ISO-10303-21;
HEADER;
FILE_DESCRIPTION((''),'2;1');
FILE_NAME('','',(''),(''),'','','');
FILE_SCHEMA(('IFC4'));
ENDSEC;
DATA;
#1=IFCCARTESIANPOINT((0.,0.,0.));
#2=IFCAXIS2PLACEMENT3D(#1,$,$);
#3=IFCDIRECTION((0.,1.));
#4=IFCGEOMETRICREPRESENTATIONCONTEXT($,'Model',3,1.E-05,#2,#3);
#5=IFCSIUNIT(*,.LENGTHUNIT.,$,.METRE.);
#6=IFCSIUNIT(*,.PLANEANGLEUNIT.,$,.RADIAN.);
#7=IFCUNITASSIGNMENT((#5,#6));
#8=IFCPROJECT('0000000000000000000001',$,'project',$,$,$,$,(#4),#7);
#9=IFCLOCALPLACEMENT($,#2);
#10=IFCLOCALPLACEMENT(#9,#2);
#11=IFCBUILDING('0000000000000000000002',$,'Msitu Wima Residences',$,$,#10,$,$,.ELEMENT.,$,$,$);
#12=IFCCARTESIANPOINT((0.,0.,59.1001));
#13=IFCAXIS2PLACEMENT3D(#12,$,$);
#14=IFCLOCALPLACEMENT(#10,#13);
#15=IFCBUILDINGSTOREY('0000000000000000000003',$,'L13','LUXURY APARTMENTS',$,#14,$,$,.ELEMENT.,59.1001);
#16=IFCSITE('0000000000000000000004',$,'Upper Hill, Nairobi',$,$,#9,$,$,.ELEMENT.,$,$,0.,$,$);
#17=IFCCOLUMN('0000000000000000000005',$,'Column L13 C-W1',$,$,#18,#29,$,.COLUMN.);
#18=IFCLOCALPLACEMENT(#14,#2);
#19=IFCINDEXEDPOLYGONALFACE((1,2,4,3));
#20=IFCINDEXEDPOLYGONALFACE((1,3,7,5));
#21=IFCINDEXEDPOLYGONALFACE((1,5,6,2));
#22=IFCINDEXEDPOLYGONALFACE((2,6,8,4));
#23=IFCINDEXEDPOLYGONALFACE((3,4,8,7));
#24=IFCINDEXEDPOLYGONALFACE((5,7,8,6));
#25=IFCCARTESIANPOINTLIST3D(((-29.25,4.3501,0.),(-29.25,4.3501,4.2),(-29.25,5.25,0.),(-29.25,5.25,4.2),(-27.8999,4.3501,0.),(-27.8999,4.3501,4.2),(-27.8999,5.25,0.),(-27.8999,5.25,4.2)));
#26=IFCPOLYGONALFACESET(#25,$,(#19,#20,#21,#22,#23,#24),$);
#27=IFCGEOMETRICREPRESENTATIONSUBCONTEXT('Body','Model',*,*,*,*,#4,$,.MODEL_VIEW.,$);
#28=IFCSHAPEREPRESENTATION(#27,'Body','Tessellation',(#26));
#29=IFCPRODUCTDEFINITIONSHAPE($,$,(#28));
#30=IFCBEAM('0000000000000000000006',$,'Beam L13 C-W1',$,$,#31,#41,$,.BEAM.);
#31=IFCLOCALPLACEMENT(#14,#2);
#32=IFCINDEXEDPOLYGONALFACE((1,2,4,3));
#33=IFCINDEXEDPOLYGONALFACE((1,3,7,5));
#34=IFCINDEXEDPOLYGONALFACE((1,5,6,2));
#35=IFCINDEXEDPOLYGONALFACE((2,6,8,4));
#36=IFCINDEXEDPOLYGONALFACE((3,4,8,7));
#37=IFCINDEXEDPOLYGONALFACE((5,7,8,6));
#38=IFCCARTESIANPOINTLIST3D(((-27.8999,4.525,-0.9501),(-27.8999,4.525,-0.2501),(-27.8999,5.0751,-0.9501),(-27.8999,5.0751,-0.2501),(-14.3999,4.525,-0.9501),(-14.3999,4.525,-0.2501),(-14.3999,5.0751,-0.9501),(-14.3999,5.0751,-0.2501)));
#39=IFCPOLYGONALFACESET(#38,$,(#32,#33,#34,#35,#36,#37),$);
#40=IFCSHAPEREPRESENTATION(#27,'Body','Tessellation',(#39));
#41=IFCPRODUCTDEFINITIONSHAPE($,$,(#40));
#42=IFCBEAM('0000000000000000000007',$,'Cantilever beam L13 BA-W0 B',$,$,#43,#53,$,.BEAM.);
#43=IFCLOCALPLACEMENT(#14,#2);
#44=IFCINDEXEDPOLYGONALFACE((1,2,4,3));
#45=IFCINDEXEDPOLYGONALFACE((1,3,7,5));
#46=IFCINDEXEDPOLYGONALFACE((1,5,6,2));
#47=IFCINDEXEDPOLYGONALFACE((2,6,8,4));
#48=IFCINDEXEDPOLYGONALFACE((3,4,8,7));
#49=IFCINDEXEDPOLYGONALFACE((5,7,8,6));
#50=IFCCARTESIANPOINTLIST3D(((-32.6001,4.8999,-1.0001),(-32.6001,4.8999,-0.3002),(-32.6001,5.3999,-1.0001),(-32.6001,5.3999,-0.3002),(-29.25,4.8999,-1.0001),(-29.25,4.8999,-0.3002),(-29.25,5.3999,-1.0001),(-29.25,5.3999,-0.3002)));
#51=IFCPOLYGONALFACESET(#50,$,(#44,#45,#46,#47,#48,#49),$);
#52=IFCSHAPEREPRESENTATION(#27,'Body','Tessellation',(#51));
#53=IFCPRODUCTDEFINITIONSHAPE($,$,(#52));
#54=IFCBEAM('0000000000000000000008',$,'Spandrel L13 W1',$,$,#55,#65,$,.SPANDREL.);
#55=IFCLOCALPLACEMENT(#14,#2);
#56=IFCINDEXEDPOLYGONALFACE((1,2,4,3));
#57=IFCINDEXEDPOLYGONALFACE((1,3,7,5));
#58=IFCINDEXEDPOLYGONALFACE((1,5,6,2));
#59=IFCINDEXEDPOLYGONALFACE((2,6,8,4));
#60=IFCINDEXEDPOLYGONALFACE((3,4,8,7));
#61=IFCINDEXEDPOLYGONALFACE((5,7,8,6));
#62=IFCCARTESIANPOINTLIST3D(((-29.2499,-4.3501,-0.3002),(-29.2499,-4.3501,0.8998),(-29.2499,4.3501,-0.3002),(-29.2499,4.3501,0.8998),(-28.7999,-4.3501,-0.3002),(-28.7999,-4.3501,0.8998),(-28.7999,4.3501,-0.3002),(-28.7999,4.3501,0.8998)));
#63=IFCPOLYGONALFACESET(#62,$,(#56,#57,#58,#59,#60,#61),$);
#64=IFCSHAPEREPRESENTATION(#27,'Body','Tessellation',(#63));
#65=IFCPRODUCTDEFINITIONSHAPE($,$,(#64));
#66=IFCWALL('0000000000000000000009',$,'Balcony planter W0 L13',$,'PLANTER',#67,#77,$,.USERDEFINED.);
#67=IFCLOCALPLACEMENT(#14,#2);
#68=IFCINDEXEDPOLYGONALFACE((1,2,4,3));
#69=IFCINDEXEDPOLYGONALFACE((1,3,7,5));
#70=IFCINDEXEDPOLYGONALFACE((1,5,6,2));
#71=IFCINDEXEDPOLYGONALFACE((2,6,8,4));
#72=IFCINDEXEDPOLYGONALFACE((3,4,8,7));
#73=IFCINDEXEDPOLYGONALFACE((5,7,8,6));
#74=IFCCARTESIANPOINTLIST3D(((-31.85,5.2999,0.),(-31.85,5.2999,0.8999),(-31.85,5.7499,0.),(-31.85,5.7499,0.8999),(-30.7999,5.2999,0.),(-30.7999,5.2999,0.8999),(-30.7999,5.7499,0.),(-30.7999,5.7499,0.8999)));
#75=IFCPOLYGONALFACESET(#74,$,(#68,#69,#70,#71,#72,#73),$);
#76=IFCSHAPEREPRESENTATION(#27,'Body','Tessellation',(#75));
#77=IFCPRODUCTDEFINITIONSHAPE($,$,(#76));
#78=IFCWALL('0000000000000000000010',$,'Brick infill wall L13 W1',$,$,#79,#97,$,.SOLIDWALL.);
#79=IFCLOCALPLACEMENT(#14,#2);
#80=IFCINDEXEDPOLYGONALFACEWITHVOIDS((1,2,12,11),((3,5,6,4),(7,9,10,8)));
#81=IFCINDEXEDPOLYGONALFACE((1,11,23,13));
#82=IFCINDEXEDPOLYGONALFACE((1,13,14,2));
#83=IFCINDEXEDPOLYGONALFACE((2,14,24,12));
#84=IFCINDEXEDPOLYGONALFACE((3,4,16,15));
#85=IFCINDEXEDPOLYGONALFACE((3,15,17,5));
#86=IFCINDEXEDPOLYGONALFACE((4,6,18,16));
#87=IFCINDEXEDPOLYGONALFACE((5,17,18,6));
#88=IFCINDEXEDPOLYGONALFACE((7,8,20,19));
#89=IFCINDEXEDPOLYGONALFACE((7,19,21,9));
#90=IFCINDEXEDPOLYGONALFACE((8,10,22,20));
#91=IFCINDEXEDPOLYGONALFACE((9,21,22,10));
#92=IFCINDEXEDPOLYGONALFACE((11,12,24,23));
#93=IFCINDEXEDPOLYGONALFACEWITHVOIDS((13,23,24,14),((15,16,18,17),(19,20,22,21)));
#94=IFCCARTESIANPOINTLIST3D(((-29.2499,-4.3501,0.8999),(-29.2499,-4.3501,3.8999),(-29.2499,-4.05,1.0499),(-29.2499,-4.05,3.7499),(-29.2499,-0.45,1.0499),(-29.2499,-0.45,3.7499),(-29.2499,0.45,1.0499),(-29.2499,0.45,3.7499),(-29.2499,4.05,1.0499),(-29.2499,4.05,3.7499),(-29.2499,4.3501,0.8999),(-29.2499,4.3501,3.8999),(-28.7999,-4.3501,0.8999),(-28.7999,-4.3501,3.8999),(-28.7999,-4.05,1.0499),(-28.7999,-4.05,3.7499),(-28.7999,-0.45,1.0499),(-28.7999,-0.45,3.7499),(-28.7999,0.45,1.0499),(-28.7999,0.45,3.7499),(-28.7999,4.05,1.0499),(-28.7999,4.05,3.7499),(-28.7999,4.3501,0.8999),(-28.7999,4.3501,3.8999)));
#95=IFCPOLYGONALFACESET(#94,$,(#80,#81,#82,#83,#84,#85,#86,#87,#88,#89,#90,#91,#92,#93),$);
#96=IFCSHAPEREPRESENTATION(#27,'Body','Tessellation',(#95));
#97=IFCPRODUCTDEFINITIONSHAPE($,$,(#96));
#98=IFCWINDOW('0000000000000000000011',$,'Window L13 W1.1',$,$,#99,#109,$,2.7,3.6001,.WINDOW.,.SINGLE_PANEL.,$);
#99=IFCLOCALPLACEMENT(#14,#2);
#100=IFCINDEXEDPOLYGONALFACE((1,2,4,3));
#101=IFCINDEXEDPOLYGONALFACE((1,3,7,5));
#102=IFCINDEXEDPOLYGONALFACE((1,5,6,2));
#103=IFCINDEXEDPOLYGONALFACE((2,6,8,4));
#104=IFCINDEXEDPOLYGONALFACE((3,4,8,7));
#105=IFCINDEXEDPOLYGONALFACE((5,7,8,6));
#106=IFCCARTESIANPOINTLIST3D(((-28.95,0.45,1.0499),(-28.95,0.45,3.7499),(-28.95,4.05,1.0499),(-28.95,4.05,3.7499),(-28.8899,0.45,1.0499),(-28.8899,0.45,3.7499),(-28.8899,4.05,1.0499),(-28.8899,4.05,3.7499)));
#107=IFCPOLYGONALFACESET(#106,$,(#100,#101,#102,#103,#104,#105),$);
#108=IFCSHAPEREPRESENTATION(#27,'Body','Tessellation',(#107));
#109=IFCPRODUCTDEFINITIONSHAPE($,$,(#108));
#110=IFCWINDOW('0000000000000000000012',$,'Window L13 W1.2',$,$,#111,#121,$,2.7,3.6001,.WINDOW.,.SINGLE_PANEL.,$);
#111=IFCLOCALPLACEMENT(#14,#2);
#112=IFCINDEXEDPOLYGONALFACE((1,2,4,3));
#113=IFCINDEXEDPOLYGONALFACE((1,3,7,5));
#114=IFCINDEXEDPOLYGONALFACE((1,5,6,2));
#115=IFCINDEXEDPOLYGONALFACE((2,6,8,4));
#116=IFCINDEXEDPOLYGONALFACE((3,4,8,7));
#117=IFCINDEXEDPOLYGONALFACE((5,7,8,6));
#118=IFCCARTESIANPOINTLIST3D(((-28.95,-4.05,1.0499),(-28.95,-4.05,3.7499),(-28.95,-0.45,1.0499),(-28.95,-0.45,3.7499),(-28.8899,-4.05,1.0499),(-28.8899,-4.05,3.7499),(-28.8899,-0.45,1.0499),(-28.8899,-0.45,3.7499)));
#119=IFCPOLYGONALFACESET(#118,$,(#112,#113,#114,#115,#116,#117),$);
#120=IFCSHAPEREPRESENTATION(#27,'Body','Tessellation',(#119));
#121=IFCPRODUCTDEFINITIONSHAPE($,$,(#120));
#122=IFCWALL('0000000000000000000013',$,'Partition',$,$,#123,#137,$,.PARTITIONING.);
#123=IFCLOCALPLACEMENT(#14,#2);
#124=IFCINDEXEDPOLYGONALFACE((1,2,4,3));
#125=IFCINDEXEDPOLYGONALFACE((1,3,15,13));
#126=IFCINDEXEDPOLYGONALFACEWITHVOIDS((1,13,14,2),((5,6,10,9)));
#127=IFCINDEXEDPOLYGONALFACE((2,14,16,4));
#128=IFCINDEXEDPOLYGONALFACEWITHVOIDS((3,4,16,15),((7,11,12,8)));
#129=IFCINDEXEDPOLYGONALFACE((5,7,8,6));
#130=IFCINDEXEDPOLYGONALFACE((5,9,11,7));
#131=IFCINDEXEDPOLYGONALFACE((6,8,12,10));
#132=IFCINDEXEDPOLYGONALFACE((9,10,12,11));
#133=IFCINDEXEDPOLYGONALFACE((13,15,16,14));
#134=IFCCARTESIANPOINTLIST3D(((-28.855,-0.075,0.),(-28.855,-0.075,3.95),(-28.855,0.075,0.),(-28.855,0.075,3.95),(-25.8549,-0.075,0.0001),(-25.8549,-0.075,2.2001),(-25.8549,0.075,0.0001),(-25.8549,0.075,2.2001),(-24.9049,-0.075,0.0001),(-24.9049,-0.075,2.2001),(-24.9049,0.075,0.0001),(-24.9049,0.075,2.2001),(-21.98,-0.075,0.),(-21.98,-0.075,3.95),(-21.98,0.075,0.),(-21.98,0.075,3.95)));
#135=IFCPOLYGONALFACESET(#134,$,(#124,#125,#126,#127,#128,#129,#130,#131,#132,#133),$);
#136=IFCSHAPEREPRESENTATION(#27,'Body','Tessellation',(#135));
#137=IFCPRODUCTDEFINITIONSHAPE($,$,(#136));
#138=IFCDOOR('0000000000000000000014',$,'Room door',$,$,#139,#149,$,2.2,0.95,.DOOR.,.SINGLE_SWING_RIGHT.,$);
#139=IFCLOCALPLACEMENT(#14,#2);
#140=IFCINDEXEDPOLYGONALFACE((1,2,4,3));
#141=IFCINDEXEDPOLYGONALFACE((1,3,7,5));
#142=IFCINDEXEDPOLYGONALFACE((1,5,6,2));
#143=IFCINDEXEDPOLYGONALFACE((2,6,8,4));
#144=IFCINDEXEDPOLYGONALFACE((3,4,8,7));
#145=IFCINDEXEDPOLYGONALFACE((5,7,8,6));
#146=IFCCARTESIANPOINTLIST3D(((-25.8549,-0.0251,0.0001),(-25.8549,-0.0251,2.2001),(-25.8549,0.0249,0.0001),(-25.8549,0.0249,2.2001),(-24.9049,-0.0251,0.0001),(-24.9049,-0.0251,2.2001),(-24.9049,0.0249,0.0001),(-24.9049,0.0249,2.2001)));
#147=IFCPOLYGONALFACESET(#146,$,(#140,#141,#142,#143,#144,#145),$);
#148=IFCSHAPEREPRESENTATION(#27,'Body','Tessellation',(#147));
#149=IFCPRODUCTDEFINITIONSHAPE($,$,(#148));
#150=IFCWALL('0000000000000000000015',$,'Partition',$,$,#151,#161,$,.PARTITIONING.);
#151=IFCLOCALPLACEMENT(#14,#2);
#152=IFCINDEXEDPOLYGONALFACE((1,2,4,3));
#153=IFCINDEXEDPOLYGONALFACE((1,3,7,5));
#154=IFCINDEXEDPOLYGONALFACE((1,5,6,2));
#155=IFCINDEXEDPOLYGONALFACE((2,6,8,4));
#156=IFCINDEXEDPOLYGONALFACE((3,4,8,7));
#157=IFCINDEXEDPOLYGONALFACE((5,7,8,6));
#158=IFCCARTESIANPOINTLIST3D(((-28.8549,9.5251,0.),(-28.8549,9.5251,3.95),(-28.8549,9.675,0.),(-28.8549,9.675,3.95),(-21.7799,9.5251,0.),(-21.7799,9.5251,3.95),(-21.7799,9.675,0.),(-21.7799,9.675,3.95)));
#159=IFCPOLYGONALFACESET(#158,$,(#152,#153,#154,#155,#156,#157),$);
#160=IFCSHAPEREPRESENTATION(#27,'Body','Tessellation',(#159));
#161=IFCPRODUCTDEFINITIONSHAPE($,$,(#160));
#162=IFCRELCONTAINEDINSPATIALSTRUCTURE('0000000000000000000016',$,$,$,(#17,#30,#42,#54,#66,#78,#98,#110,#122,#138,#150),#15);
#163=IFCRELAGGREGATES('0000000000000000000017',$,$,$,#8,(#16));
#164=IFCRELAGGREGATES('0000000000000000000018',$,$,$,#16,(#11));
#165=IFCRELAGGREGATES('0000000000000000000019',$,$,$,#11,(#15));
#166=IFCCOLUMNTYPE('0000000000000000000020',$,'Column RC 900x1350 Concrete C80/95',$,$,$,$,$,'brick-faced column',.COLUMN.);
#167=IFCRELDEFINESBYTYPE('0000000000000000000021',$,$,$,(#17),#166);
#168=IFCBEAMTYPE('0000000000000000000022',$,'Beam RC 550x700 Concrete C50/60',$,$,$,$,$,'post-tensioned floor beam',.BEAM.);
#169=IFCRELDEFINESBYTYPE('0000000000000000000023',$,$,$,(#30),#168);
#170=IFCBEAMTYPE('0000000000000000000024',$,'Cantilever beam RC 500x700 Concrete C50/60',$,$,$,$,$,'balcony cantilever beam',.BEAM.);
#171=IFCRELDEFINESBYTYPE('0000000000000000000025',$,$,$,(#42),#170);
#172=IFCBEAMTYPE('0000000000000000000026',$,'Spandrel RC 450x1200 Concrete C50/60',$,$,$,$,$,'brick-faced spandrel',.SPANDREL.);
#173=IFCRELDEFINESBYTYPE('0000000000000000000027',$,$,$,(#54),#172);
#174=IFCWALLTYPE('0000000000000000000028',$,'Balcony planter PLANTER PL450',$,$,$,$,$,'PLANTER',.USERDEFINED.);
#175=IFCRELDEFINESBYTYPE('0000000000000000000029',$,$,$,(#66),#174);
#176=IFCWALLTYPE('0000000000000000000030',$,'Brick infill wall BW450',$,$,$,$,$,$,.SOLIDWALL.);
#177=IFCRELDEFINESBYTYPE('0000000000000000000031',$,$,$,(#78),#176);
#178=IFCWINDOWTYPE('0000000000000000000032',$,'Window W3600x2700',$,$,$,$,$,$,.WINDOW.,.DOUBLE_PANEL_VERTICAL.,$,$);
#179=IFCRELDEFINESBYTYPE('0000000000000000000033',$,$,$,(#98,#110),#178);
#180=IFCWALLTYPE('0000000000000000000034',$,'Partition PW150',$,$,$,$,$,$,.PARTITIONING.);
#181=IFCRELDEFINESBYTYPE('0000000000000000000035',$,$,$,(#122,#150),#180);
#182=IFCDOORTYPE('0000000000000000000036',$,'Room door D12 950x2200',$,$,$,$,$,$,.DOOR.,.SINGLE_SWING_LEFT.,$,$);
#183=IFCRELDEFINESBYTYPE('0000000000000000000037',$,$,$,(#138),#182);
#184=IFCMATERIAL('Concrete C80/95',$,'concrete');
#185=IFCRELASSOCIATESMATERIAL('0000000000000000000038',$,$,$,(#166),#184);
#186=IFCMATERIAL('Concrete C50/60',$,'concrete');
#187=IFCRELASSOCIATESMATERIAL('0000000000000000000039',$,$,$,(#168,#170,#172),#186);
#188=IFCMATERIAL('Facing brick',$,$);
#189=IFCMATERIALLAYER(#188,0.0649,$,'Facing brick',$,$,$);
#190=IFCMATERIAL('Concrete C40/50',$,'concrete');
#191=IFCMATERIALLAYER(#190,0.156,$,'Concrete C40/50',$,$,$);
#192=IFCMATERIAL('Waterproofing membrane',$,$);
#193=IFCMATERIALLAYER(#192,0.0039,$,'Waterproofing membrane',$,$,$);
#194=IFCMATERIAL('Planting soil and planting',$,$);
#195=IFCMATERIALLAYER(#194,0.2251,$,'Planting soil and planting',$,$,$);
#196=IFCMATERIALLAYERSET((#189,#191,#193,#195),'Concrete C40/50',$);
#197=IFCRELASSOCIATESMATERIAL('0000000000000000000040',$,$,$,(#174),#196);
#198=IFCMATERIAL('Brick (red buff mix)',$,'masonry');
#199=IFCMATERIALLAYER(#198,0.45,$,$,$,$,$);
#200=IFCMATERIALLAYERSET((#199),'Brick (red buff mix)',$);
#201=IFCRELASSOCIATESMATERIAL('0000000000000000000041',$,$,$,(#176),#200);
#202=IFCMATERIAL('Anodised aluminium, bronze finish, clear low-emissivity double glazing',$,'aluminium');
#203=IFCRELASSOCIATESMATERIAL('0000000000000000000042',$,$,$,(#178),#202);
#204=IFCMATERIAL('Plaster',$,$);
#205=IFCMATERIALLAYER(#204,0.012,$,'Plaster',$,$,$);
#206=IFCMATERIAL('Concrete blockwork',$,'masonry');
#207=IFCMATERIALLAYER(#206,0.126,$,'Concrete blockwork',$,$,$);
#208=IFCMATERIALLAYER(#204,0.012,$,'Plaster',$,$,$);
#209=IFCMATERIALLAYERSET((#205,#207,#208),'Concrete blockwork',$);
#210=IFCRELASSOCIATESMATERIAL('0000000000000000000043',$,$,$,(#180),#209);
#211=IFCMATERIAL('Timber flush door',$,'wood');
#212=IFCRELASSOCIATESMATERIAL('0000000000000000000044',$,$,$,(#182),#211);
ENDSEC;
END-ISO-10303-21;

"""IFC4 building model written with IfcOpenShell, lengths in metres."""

from ifc_helpers import new_model, si_unit, direction, frame, frame_2d, origin, origin_2d, place, context, subcontext, project, spatial, rectangle, extrude, material, layer, layer_set, material_profile, profile_set, type_object, element, fill, save


model = new_model("IFC4")

# Units and contexts
model_context = context("Model", 3, precision=1e-05, world=origin(), true_north=direction((0.0, 1.0)))
body_context = subcontext(model_context, "Body", "Model", "MODEL_VIEW")
ifc_project = project(units=[si_unit("LENGTHUNIT", "METRE"), si_unit("PLANEANGLEUNIT", "RADIAN")], contexts=[model_context])

# Site, building, storey
site_placement = place(None, origin())
site = spatial("IfcSite", under=ifc_project, at=site_placement, Name="Upper Hill, Nairobi", CompositionType="ELEMENT", RefElevation=0.0)
building_placement = place(site_placement, origin())
building = spatial("IfcBuilding", under=site, at=building_placement, Name="Msitu Wima Residences", CompositionType="ELEMENT")
storey_placement = place(building_placement, frame((0.0, 0.0, 59.1001)))
storey = spatial("IfcBuildingStorey", under=building, at=storey_placement, Name="L13", Description="LUXURY APARTMENTS", CompositionType="ELEMENT", Elevation=59.1001)

# Column
ifc_material_1 = material(Name="Concrete C80/95", Category="concrete")
ifc_material_profile_1 = material_profile(ifc_material_1, rectangle(XDim=0.8999, YDim=1.3501, at=origin_2d()), Name="RC 900x1350")
ifc_profile_set_1 = profile_set([ifc_material_profile_1], Name="Concrete C80/95")
column_type = type_object("IfcColumnType", Name="Column RC 900x1350 Concrete C80/95", ElementType="brick-faced column", PredefinedType="COLUMN", material=ifc_profile_set_1)
column_placement = place(storey_placement, frame((-28.575, 4.8, 0.0), z_axis=(0.0, 0.0, 1.0), x_axis=(0.0, -1.0, 0.0)))
element("IfcColumn", 1, at=column_placement, inside=storey, type_object=column_type, Name="Column L13 C-W1", PredefinedType="COLUMN", context=body_context, shape_type="SweptSolid", body=[
    extrude(rectangle(XDim=0.8999, YDim=1.3501, at=origin_2d()), origin(), (0.0, 0.0, 1.0), 4.2),
])

# Beams
ifc_material_2 = material(Name="Concrete C50/60", Category="concrete")
ifc_material_profile_2 = material_profile(ifc_material_2, rectangle(XDim=0.55, YDim=0.7, at=origin_2d()), Name="RC 550x700")
ifc_profile_set_2 = profile_set([ifc_material_profile_2], Name="Concrete C50/60")
beam_type_1 = type_object("IfcBeamType", Name="Beam RC 550x700 Concrete C50/60", ElementType="post-tensioned floor beam", PredefinedType="BEAM", material=ifc_profile_set_2)
beam_1_placement = place(storey_placement, frame((-27.8999, 4.8, -0.6001), z_axis=(1.0, 0.0, 0.0), x_axis=(0.0, 1.0, 0.0)))
element("IfcBeam", 2, at=beam_1_placement, inside=storey, type_object=beam_type_1, Name="Beam L13 C-W1", PredefinedType="BEAM", context=body_context, shape_type="SweptSolid", body=[
    extrude(rectangle(XDim=0.55, YDim=0.7, at=origin_2d()), origin(), (0.0, 0.0, 1.0), 13.5),
])
ifc_material_profile_3 = material_profile(ifc_material_2, rectangle(XDim=0.5, YDim=0.7, at=origin_2d()), Name="RC 500x700")
ifc_profile_set_3 = profile_set([ifc_material_profile_3], Name="Concrete C50/60")
beam_type_2 = type_object("IfcBeamType", Name="Cantilever beam RC 500x700 Concrete C50/60", ElementType="balcony cantilever beam", PredefinedType="BEAM", material=ifc_profile_set_3)
beam_2_placement = place(storey_placement, frame((-29.25, 5.1499, -0.6501), z_axis=(-1.0, 0.0, 0.0), x_axis=(0.0, -1.0, 0.0)))
element("IfcBeam", 3, at=beam_2_placement, inside=storey, type_object=beam_type_2, Name="Cantilever beam L13 BA-W0 B", PredefinedType="BEAM", context=body_context, shape_type="SweptSolid", body=[
    extrude(rectangle(XDim=0.5, YDim=0.7, at=origin_2d()), origin(), (0.0, 0.0, 1.0), 3.3501),
])
ifc_material_profile_4 = material_profile(ifc_material_2, rectangle(XDim=0.45, YDim=1.2, at=origin_2d()), Name="RC 450x1200")
ifc_profile_set_4 = profile_set([ifc_material_profile_4], Name="Concrete C50/60")
beam_type_3 = type_object("IfcBeamType", Name="Spandrel RC 450x1200 Concrete C50/60", ElementType="brick-faced spandrel", PredefinedType="SPANDREL", material=ifc_profile_set_4)
beam_3_placement = place(storey_placement, frame((-29.0249, 4.3501, 0.2998), z_axis=(0.0, -1.0, 0.0), x_axis=(1.0, 0.0, 0.0)))
element("IfcBeam", 4, at=beam_3_placement, inside=storey, type_object=beam_type_3, Name="Spandrel L13 W1", PredefinedType="SPANDREL", context=body_context, shape_type="SweptSolid", body=[
    extrude(rectangle(XDim=0.45, YDim=1.2, at=origin_2d()), origin(), (0.0, 0.0, 1.0), 8.7002),
])

# Wall
ifc_material_3 = material(Name="Facing brick")
ifc_layer_1 = layer(ifc_material_3, 0.0649, Name="Facing brick")
ifc_material_4 = material(Name="Concrete C40/50", Category="concrete")
ifc_layer_2 = layer(ifc_material_4, 0.156, Name="Concrete C40/50")
ifc_material_5 = material(Name="Waterproofing membrane")
ifc_layer_3 = layer(ifc_material_5, 0.0039, Name="Waterproofing membrane")
ifc_material_6 = material(Name="Planting soil and planting")
ifc_layer_4 = layer(ifc_material_6, 0.2251, Name="Planting soil and planting")
ifc_layer_set_1 = layer_set([ifc_layer_1, ifc_layer_2, ifc_layer_3, ifc_layer_4], Name="Concrete C40/50")
wall_type_1 = type_object("IfcWallType", Name="Balcony planter PLANTER PL450", ElementType="PLANTER", PredefinedType="USERDEFINED", material=ifc_layer_set_1)
wall_1_placement = place(storey_placement, frame((-30.8, 5.5249, 0.0), z_axis=(0.0, 0.0, 1.0), x_axis=(-1.0, 0.0, 0.0)))
element("IfcWall", 5, at=wall_1_placement, inside=storey, type_object=wall_type_1, Name="Balcony planter W0 L13", ObjectType="PLANTER", PredefinedType="USERDEFINED", context=body_context, shape_type="SweptSolid", body=[
    extrude(rectangle(XDim=1.05, YDim=0.45, at=frame_2d((0.5249, 0.0))), origin(), (0.0, 0.0, 1.0), 0.8999),
])

# Wall, openings, windows
ifc_material_7 = material(Name="Brick (red buff mix)", Category="masonry")
ifc_layer_5 = layer(ifc_material_7, 0.45)
ifc_layer_set_2 = layer_set([ifc_layer_5], Name="Brick (red buff mix)")
wall_type_2 = type_object("IfcWallType", Name="Brick infill wall BW450", PredefinedType="SOLIDWALL", material=ifc_layer_set_2)
wall_2_placement = place(storey_placement, frame((-29.0249, 4.3501, 0.8999), z_axis=(0.0, 0.0, 1.0), x_axis=(0.0, -1.0, 0.0)))
wall_2 = element("IfcWall", 6, at=wall_2_placement, inside=storey, type_object=wall_type_2, Name="Brick infill wall L13 W1", PredefinedType="SOLIDWALL", context=body_context, shape_type="SweptSolid", body=[
    extrude(rectangle(XDim=8.7002, YDim=0.45, at=frame_2d((4.3501, 0.0))), origin(), (0.0, 0.0, 1.0), 3.0),
])
opening_1_placement = place(wall_2_placement, frame((0.3, 0.0, 0.1499)))
opening_1 = element("IfcOpeningElement", 7, at=opening_1_placement, cuts=wall_2, PredefinedType="OPENING", context=body_context, shape_type="SweptSolid", body=[
    extrude(rectangle(XDim=3.6001, YDim=2.7, at=frame_2d((1.8, 1.3501))), frame((0.0, 0.2349, 0.0), z_axis=(0.0, -1.0, 0.0), x_axis=(1.0, 0.0, 0.0)), (0.0, 0.0, 1.0), 0.47),
])
opening_2_placement = place(wall_2_placement, frame((4.8, 0.0, 0.1499)))
opening_2 = element("IfcOpeningElement", 8, at=opening_2_placement, cuts=wall_2, PredefinedType="OPENING", context=body_context, shape_type="SweptSolid", body=[
    extrude(rectangle(XDim=3.6001, YDim=2.7, at=frame_2d((1.8, 1.3501))), frame((0.0, 0.2349, 0.0), z_axis=(0.0, -1.0, 0.0), x_axis=(1.0, 0.0, 0.0)), (0.0, 0.0, 1.0), 0.47),
])
ifc_material_8 = material(Name="Anodised aluminium, bronze finish, clear low-emissivity double glazing", Category="aluminium")
window_type = type_object("IfcWindowType", Name="Window W3600x2700", PartitioningType="DOUBLE_PANEL_VERTICAL", PredefinedType="WINDOW", material=ifc_material_8)
window_1_placement = place(opening_1_placement, origin())
window_1 = element("IfcWindow", 9, at=window_1_placement, inside=storey, type_object=window_type, Name="Window L13 W1.1", OverallHeight=2.7, OverallWidth=3.6001, PartitioningType="SINGLE_PANEL", PredefinedType="WINDOW", context=body_context, shape_type="SweptSolid", body=[
    extrude(rectangle(XDim=3.6001, YDim=2.7, at=frame_2d((1.8, 1.3501))), frame((0.0, 0.135, 0.0), z_axis=(0.0, -1.0, 0.0), x_axis=(1.0, 0.0, 0.0)), (0.0, 0.0, 1.0), 0.0601),
])
fill(opening_1, window_1)
window_2_placement = place(opening_2_placement, origin())
window_2 = element("IfcWindow", 10, at=window_2_placement, inside=storey, type_object=window_type, Name="Window L13 W1.2", OverallHeight=2.7, OverallWidth=3.6001, PartitioningType="SINGLE_PANEL", PredefinedType="WINDOW", context=body_context, shape_type="SweptSolid", body=[
    extrude(rectangle(XDim=3.6001, YDim=2.7, at=frame_2d((1.8, 1.3501))), frame((0.0, 0.135, 0.0), z_axis=(0.0, -1.0, 0.0), x_axis=(1.0, 0.0, 0.0)), (0.0, 0.0, 1.0), 0.0601),
])
fill(opening_2, window_2)

# Wall, opening, door
ifc_material_9 = material(Name="Plaster")
ifc_layer_6 = layer(ifc_material_9, 0.012, Name="Plaster")
ifc_material_10 = material(Name="Concrete blockwork", Category="masonry")
ifc_layer_7 = layer(ifc_material_10, 0.126, Name="Concrete blockwork")
ifc_layer_8 = layer(ifc_material_9, 0.012, Name="Plaster")
ifc_layer_set_3 = layer_set([ifc_layer_6, ifc_layer_7, ifc_layer_8], Name="Concrete blockwork")
wall_type_3 = type_object("IfcWallType", Name="Partition PW150", PredefinedType="PARTITIONING", material=ifc_layer_set_3)
wall_3_placement = place(storey_placement, frame((-28.855, 0.0, 0.0), z_axis=(0.0, 0.0, 1.0), x_axis=(1.0, 0.0, 0.0)))
wall_3 = element("IfcWall", 11, at=wall_3_placement, inside=storey, type_object=wall_type_3, Name="Partition", PredefinedType="PARTITIONING", context=body_context, shape_type="SweptSolid", body=[
    extrude(rectangle(XDim=6.875, YDim=0.1499, at=frame_2d((3.4375, 0.0))), origin(), (0.0, 0.0, 1.0), 3.95),
])
opening_3_placement = place(wall_3_placement, frame((3.0, 0.0, 0.0)))
opening_3 = element("IfcOpeningElement", 12, at=opening_3_placement, cuts=wall_3, PredefinedType="OPENING", context=body_context, shape_type="SweptSolid", body=[
    extrude(rectangle(XDim=0.95, YDim=2.2, at=frame_2d((0.4751, 1.1001))), frame((0.0, 0.085, 0.0), z_axis=(0.0, -1.0, 0.0), x_axis=(1.0, 0.0, 0.0)), (0.0, 0.0, 1.0), 0.1699),
])
ifc_material_11 = material(Name="Timber flush door", Category="wood")
door_type_1 = type_object("IfcDoorType", Name="Room door D12 950x2200", OperationType="SINGLE_SWING_LEFT", PredefinedType="DOOR", material=ifc_material_11)
door_1_placement = place(opening_3_placement, origin())
door_1 = element("IfcDoor", 13, at=door_1_placement, inside=storey, type_object=door_type_1, Name="Room door", OperationType="SINGLE_SWING_RIGHT", OverallHeight=2.2, OverallWidth=0.95, PredefinedType="DOOR", context=body_context, shape_type="SweptSolid", body=[
    extrude(rectangle(XDim=0.95, YDim=2.2, at=frame_2d((0.4751, 1.1001))), frame((0.0, 0.0249, 0.0), z_axis=(0.0, -1.0, 0.0), x_axis=(1.0, 0.0, 0.0)), (0.0, 0.0, 1.0), 0.05),
])
fill(opening_3, door_1)

# Wall
wall_4_placement = place(storey_placement, frame((-28.855, 9.6001, 0.0), z_axis=(0.0, 0.0, 1.0), x_axis=(1.0, 0.0, 0.0)))
element("IfcWall", 14, at=wall_4_placement, inside=storey, type_object=wall_type_3, Name="Partition", PredefinedType="PARTITIONING", context=body_context, shape_type="SweptSolid", body=[
    extrude(rectangle(XDim=7.075, YDim=0.1499, at=frame_2d((3.5376, 0.0))), origin(), (0.0, 0.0, 1.0), 3.95),
])

save(model, "model.ifc")
